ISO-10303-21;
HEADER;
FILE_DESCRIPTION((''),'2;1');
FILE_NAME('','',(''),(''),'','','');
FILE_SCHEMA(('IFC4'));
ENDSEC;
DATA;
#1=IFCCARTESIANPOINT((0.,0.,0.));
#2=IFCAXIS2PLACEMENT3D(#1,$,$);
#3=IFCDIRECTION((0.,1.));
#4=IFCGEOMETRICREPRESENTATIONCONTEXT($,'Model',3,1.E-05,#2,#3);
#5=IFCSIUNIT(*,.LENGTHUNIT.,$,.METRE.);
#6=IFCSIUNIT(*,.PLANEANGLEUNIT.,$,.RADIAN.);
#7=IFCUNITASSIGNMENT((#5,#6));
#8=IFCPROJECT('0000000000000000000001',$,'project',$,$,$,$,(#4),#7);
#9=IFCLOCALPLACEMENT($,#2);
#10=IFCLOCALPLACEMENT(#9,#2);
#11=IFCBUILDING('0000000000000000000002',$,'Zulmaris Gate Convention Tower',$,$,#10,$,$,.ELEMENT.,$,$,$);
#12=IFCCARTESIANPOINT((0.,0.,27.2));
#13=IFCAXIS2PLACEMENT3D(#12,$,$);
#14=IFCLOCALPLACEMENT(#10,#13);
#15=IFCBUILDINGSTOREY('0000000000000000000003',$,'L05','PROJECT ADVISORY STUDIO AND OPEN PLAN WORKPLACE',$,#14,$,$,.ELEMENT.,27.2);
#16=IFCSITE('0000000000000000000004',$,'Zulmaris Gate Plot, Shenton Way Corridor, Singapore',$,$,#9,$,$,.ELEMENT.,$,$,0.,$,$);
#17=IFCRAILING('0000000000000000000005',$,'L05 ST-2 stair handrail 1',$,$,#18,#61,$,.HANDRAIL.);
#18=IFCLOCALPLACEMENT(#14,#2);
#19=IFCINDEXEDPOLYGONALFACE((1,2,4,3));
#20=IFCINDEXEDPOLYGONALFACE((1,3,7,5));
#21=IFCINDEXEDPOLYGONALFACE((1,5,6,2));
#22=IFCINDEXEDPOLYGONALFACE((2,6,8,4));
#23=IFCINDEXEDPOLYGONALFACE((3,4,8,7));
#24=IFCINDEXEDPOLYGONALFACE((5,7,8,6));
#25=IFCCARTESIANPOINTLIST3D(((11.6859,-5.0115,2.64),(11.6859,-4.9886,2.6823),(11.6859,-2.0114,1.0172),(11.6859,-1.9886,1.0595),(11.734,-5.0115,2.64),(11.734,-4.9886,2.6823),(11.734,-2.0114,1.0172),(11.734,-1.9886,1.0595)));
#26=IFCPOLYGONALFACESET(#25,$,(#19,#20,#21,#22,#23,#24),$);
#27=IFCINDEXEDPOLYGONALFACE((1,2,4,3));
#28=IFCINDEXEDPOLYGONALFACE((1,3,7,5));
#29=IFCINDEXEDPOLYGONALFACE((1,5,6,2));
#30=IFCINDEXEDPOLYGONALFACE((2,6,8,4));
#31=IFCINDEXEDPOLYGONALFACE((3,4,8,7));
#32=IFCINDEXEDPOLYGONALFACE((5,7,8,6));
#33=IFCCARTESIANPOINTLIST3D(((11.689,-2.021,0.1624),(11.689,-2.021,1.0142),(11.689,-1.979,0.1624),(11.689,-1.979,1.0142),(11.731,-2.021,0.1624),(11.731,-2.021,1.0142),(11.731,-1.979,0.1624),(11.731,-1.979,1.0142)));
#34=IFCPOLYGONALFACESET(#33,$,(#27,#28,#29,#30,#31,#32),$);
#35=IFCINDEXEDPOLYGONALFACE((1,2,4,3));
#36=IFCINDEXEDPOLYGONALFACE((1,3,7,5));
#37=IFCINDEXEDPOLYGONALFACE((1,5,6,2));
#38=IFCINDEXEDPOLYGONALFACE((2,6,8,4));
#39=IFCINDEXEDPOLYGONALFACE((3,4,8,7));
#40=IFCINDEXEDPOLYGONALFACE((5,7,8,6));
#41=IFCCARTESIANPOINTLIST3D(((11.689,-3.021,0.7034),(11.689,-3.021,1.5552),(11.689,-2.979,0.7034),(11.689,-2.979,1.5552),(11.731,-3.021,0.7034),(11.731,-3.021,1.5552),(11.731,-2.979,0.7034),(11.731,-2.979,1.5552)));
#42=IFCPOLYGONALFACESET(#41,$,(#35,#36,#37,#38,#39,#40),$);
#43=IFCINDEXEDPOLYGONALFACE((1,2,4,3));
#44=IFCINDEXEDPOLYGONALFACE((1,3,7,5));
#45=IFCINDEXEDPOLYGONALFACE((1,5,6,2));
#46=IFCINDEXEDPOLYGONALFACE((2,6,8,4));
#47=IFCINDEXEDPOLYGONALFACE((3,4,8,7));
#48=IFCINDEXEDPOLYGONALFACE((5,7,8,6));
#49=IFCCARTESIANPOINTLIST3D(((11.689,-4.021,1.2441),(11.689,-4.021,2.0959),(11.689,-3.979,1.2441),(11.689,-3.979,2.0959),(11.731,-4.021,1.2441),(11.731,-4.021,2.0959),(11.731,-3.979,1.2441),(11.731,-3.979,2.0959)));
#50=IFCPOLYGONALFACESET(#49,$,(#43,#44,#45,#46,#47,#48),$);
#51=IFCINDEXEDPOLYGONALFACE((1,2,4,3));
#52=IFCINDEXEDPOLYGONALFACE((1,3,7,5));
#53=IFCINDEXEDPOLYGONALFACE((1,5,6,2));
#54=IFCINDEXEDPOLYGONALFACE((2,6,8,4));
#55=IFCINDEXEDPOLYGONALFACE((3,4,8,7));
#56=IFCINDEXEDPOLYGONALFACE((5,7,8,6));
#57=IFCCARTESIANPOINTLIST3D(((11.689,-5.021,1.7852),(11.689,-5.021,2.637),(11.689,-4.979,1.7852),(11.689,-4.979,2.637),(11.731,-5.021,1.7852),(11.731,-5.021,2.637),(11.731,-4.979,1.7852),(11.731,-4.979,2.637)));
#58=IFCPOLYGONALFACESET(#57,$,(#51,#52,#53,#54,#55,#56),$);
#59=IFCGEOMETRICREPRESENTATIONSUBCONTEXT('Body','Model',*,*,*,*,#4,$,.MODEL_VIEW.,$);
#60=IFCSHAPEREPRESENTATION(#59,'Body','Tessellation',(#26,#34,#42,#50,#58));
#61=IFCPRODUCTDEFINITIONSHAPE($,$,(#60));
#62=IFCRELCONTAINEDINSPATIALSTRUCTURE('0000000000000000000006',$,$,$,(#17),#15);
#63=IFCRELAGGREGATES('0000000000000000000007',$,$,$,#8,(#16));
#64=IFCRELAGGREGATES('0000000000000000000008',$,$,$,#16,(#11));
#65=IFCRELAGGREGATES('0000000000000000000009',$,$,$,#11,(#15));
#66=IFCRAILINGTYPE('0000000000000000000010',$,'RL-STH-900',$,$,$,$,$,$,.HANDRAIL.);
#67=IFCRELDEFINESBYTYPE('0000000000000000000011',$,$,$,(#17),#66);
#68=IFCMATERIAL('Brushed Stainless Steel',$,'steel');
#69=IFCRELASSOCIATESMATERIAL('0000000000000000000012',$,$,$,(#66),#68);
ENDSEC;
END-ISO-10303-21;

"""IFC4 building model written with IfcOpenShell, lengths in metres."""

from ifc_helpers import new_model, si_unit, direction, frame, origin, origin_2d, place, context, subcontext, project, spatial, rectangle, extrude, material, type_object, element, save


model = new_model("IFC4")

# Units and contexts
model_context = context("Model", 3, precision=1e-05, world=origin(), true_north=direction((0.0, 1.0)))
body_context = subcontext(model_context, "Body", "Model", "MODEL_VIEW")
ifc_project = project(units=[si_unit("LENGTHUNIT", "METRE"), si_unit("PLANEANGLEUNIT", "RADIAN")], contexts=[model_context])

# Site, building, storey
site_placement = place(None, origin())
site = spatial("IfcSite", under=ifc_project, at=site_placement, Name="Zulmaris Gate Plot, Shenton Way Corridor, Singapore", CompositionType="ELEMENT", RefElevation=0.0)
building_placement = place(site_placement, origin())
building = spatial("IfcBuilding", under=site, at=building_placement, Name="Zulmaris Gate Convention Tower", CompositionType="ELEMENT")
storey_placement = place(building_placement, frame((0.0, 0.0, 27.2)))
storey = spatial("IfcBuildingStorey", under=building, at=storey_placement, Name="L05", Description="PROJECT ADVISORY STUDIO AND OPEN PLAN WORKPLACE", CompositionType="ELEMENT", Elevation=27.2)

# Railing
ifc_material_1 = material(Name="Brushed Stainless Steel", Category="steel")
railing_type_1 = type_object("IfcRailingType", Name="RL-STH-900", PredefinedType="HANDRAIL", material=ifc_material_1)
railing_1_placement = place(storey_placement, frame((11.71, -2.0, 0.1624)))
element("IfcRailing", 1, at=railing_1_placement, inside=storey, type_object=railing_type_1, Name="L05 ST-2 stair handrail 1", PredefinedType="HANDRAIL", context=body_context, shape_type="SweptSolid", body=[
    extrude(rectangle(XDim=0.0481, YDim=0.0481, at=origin_2d()), frame((0.0, 0.0, 0.876), z_axis=(0.0, -0.879562, 0.475785), x_axis=(1.0, 0.0, 0.0)), (0.0, 0.0, 1.0), 3.4109),
    extrude(rectangle(XDim=0.042, YDim=0.042, at=origin_2d()), origin(), (0.0, 0.0, 1.0), 0.8518),
    extrude(rectangle(XDim=0.042, YDim=0.042, at=origin_2d()), frame((0.0, -1.0, 0.541)), (0.0, 0.0, 1.0), 0.8518),
    extrude(rectangle(XDim=0.042, YDim=0.042, at=origin_2d()), frame((0.0, -2.0, 1.0818)), (0.0, 0.0, 1.0), 0.8518),
    extrude(rectangle(XDim=0.042, YDim=0.042, at=origin_2d()), frame((0.0, -3.0, 1.6228)), (0.0, 0.0, 1.0), 0.8518),
])

save(model, "model.ifc")
